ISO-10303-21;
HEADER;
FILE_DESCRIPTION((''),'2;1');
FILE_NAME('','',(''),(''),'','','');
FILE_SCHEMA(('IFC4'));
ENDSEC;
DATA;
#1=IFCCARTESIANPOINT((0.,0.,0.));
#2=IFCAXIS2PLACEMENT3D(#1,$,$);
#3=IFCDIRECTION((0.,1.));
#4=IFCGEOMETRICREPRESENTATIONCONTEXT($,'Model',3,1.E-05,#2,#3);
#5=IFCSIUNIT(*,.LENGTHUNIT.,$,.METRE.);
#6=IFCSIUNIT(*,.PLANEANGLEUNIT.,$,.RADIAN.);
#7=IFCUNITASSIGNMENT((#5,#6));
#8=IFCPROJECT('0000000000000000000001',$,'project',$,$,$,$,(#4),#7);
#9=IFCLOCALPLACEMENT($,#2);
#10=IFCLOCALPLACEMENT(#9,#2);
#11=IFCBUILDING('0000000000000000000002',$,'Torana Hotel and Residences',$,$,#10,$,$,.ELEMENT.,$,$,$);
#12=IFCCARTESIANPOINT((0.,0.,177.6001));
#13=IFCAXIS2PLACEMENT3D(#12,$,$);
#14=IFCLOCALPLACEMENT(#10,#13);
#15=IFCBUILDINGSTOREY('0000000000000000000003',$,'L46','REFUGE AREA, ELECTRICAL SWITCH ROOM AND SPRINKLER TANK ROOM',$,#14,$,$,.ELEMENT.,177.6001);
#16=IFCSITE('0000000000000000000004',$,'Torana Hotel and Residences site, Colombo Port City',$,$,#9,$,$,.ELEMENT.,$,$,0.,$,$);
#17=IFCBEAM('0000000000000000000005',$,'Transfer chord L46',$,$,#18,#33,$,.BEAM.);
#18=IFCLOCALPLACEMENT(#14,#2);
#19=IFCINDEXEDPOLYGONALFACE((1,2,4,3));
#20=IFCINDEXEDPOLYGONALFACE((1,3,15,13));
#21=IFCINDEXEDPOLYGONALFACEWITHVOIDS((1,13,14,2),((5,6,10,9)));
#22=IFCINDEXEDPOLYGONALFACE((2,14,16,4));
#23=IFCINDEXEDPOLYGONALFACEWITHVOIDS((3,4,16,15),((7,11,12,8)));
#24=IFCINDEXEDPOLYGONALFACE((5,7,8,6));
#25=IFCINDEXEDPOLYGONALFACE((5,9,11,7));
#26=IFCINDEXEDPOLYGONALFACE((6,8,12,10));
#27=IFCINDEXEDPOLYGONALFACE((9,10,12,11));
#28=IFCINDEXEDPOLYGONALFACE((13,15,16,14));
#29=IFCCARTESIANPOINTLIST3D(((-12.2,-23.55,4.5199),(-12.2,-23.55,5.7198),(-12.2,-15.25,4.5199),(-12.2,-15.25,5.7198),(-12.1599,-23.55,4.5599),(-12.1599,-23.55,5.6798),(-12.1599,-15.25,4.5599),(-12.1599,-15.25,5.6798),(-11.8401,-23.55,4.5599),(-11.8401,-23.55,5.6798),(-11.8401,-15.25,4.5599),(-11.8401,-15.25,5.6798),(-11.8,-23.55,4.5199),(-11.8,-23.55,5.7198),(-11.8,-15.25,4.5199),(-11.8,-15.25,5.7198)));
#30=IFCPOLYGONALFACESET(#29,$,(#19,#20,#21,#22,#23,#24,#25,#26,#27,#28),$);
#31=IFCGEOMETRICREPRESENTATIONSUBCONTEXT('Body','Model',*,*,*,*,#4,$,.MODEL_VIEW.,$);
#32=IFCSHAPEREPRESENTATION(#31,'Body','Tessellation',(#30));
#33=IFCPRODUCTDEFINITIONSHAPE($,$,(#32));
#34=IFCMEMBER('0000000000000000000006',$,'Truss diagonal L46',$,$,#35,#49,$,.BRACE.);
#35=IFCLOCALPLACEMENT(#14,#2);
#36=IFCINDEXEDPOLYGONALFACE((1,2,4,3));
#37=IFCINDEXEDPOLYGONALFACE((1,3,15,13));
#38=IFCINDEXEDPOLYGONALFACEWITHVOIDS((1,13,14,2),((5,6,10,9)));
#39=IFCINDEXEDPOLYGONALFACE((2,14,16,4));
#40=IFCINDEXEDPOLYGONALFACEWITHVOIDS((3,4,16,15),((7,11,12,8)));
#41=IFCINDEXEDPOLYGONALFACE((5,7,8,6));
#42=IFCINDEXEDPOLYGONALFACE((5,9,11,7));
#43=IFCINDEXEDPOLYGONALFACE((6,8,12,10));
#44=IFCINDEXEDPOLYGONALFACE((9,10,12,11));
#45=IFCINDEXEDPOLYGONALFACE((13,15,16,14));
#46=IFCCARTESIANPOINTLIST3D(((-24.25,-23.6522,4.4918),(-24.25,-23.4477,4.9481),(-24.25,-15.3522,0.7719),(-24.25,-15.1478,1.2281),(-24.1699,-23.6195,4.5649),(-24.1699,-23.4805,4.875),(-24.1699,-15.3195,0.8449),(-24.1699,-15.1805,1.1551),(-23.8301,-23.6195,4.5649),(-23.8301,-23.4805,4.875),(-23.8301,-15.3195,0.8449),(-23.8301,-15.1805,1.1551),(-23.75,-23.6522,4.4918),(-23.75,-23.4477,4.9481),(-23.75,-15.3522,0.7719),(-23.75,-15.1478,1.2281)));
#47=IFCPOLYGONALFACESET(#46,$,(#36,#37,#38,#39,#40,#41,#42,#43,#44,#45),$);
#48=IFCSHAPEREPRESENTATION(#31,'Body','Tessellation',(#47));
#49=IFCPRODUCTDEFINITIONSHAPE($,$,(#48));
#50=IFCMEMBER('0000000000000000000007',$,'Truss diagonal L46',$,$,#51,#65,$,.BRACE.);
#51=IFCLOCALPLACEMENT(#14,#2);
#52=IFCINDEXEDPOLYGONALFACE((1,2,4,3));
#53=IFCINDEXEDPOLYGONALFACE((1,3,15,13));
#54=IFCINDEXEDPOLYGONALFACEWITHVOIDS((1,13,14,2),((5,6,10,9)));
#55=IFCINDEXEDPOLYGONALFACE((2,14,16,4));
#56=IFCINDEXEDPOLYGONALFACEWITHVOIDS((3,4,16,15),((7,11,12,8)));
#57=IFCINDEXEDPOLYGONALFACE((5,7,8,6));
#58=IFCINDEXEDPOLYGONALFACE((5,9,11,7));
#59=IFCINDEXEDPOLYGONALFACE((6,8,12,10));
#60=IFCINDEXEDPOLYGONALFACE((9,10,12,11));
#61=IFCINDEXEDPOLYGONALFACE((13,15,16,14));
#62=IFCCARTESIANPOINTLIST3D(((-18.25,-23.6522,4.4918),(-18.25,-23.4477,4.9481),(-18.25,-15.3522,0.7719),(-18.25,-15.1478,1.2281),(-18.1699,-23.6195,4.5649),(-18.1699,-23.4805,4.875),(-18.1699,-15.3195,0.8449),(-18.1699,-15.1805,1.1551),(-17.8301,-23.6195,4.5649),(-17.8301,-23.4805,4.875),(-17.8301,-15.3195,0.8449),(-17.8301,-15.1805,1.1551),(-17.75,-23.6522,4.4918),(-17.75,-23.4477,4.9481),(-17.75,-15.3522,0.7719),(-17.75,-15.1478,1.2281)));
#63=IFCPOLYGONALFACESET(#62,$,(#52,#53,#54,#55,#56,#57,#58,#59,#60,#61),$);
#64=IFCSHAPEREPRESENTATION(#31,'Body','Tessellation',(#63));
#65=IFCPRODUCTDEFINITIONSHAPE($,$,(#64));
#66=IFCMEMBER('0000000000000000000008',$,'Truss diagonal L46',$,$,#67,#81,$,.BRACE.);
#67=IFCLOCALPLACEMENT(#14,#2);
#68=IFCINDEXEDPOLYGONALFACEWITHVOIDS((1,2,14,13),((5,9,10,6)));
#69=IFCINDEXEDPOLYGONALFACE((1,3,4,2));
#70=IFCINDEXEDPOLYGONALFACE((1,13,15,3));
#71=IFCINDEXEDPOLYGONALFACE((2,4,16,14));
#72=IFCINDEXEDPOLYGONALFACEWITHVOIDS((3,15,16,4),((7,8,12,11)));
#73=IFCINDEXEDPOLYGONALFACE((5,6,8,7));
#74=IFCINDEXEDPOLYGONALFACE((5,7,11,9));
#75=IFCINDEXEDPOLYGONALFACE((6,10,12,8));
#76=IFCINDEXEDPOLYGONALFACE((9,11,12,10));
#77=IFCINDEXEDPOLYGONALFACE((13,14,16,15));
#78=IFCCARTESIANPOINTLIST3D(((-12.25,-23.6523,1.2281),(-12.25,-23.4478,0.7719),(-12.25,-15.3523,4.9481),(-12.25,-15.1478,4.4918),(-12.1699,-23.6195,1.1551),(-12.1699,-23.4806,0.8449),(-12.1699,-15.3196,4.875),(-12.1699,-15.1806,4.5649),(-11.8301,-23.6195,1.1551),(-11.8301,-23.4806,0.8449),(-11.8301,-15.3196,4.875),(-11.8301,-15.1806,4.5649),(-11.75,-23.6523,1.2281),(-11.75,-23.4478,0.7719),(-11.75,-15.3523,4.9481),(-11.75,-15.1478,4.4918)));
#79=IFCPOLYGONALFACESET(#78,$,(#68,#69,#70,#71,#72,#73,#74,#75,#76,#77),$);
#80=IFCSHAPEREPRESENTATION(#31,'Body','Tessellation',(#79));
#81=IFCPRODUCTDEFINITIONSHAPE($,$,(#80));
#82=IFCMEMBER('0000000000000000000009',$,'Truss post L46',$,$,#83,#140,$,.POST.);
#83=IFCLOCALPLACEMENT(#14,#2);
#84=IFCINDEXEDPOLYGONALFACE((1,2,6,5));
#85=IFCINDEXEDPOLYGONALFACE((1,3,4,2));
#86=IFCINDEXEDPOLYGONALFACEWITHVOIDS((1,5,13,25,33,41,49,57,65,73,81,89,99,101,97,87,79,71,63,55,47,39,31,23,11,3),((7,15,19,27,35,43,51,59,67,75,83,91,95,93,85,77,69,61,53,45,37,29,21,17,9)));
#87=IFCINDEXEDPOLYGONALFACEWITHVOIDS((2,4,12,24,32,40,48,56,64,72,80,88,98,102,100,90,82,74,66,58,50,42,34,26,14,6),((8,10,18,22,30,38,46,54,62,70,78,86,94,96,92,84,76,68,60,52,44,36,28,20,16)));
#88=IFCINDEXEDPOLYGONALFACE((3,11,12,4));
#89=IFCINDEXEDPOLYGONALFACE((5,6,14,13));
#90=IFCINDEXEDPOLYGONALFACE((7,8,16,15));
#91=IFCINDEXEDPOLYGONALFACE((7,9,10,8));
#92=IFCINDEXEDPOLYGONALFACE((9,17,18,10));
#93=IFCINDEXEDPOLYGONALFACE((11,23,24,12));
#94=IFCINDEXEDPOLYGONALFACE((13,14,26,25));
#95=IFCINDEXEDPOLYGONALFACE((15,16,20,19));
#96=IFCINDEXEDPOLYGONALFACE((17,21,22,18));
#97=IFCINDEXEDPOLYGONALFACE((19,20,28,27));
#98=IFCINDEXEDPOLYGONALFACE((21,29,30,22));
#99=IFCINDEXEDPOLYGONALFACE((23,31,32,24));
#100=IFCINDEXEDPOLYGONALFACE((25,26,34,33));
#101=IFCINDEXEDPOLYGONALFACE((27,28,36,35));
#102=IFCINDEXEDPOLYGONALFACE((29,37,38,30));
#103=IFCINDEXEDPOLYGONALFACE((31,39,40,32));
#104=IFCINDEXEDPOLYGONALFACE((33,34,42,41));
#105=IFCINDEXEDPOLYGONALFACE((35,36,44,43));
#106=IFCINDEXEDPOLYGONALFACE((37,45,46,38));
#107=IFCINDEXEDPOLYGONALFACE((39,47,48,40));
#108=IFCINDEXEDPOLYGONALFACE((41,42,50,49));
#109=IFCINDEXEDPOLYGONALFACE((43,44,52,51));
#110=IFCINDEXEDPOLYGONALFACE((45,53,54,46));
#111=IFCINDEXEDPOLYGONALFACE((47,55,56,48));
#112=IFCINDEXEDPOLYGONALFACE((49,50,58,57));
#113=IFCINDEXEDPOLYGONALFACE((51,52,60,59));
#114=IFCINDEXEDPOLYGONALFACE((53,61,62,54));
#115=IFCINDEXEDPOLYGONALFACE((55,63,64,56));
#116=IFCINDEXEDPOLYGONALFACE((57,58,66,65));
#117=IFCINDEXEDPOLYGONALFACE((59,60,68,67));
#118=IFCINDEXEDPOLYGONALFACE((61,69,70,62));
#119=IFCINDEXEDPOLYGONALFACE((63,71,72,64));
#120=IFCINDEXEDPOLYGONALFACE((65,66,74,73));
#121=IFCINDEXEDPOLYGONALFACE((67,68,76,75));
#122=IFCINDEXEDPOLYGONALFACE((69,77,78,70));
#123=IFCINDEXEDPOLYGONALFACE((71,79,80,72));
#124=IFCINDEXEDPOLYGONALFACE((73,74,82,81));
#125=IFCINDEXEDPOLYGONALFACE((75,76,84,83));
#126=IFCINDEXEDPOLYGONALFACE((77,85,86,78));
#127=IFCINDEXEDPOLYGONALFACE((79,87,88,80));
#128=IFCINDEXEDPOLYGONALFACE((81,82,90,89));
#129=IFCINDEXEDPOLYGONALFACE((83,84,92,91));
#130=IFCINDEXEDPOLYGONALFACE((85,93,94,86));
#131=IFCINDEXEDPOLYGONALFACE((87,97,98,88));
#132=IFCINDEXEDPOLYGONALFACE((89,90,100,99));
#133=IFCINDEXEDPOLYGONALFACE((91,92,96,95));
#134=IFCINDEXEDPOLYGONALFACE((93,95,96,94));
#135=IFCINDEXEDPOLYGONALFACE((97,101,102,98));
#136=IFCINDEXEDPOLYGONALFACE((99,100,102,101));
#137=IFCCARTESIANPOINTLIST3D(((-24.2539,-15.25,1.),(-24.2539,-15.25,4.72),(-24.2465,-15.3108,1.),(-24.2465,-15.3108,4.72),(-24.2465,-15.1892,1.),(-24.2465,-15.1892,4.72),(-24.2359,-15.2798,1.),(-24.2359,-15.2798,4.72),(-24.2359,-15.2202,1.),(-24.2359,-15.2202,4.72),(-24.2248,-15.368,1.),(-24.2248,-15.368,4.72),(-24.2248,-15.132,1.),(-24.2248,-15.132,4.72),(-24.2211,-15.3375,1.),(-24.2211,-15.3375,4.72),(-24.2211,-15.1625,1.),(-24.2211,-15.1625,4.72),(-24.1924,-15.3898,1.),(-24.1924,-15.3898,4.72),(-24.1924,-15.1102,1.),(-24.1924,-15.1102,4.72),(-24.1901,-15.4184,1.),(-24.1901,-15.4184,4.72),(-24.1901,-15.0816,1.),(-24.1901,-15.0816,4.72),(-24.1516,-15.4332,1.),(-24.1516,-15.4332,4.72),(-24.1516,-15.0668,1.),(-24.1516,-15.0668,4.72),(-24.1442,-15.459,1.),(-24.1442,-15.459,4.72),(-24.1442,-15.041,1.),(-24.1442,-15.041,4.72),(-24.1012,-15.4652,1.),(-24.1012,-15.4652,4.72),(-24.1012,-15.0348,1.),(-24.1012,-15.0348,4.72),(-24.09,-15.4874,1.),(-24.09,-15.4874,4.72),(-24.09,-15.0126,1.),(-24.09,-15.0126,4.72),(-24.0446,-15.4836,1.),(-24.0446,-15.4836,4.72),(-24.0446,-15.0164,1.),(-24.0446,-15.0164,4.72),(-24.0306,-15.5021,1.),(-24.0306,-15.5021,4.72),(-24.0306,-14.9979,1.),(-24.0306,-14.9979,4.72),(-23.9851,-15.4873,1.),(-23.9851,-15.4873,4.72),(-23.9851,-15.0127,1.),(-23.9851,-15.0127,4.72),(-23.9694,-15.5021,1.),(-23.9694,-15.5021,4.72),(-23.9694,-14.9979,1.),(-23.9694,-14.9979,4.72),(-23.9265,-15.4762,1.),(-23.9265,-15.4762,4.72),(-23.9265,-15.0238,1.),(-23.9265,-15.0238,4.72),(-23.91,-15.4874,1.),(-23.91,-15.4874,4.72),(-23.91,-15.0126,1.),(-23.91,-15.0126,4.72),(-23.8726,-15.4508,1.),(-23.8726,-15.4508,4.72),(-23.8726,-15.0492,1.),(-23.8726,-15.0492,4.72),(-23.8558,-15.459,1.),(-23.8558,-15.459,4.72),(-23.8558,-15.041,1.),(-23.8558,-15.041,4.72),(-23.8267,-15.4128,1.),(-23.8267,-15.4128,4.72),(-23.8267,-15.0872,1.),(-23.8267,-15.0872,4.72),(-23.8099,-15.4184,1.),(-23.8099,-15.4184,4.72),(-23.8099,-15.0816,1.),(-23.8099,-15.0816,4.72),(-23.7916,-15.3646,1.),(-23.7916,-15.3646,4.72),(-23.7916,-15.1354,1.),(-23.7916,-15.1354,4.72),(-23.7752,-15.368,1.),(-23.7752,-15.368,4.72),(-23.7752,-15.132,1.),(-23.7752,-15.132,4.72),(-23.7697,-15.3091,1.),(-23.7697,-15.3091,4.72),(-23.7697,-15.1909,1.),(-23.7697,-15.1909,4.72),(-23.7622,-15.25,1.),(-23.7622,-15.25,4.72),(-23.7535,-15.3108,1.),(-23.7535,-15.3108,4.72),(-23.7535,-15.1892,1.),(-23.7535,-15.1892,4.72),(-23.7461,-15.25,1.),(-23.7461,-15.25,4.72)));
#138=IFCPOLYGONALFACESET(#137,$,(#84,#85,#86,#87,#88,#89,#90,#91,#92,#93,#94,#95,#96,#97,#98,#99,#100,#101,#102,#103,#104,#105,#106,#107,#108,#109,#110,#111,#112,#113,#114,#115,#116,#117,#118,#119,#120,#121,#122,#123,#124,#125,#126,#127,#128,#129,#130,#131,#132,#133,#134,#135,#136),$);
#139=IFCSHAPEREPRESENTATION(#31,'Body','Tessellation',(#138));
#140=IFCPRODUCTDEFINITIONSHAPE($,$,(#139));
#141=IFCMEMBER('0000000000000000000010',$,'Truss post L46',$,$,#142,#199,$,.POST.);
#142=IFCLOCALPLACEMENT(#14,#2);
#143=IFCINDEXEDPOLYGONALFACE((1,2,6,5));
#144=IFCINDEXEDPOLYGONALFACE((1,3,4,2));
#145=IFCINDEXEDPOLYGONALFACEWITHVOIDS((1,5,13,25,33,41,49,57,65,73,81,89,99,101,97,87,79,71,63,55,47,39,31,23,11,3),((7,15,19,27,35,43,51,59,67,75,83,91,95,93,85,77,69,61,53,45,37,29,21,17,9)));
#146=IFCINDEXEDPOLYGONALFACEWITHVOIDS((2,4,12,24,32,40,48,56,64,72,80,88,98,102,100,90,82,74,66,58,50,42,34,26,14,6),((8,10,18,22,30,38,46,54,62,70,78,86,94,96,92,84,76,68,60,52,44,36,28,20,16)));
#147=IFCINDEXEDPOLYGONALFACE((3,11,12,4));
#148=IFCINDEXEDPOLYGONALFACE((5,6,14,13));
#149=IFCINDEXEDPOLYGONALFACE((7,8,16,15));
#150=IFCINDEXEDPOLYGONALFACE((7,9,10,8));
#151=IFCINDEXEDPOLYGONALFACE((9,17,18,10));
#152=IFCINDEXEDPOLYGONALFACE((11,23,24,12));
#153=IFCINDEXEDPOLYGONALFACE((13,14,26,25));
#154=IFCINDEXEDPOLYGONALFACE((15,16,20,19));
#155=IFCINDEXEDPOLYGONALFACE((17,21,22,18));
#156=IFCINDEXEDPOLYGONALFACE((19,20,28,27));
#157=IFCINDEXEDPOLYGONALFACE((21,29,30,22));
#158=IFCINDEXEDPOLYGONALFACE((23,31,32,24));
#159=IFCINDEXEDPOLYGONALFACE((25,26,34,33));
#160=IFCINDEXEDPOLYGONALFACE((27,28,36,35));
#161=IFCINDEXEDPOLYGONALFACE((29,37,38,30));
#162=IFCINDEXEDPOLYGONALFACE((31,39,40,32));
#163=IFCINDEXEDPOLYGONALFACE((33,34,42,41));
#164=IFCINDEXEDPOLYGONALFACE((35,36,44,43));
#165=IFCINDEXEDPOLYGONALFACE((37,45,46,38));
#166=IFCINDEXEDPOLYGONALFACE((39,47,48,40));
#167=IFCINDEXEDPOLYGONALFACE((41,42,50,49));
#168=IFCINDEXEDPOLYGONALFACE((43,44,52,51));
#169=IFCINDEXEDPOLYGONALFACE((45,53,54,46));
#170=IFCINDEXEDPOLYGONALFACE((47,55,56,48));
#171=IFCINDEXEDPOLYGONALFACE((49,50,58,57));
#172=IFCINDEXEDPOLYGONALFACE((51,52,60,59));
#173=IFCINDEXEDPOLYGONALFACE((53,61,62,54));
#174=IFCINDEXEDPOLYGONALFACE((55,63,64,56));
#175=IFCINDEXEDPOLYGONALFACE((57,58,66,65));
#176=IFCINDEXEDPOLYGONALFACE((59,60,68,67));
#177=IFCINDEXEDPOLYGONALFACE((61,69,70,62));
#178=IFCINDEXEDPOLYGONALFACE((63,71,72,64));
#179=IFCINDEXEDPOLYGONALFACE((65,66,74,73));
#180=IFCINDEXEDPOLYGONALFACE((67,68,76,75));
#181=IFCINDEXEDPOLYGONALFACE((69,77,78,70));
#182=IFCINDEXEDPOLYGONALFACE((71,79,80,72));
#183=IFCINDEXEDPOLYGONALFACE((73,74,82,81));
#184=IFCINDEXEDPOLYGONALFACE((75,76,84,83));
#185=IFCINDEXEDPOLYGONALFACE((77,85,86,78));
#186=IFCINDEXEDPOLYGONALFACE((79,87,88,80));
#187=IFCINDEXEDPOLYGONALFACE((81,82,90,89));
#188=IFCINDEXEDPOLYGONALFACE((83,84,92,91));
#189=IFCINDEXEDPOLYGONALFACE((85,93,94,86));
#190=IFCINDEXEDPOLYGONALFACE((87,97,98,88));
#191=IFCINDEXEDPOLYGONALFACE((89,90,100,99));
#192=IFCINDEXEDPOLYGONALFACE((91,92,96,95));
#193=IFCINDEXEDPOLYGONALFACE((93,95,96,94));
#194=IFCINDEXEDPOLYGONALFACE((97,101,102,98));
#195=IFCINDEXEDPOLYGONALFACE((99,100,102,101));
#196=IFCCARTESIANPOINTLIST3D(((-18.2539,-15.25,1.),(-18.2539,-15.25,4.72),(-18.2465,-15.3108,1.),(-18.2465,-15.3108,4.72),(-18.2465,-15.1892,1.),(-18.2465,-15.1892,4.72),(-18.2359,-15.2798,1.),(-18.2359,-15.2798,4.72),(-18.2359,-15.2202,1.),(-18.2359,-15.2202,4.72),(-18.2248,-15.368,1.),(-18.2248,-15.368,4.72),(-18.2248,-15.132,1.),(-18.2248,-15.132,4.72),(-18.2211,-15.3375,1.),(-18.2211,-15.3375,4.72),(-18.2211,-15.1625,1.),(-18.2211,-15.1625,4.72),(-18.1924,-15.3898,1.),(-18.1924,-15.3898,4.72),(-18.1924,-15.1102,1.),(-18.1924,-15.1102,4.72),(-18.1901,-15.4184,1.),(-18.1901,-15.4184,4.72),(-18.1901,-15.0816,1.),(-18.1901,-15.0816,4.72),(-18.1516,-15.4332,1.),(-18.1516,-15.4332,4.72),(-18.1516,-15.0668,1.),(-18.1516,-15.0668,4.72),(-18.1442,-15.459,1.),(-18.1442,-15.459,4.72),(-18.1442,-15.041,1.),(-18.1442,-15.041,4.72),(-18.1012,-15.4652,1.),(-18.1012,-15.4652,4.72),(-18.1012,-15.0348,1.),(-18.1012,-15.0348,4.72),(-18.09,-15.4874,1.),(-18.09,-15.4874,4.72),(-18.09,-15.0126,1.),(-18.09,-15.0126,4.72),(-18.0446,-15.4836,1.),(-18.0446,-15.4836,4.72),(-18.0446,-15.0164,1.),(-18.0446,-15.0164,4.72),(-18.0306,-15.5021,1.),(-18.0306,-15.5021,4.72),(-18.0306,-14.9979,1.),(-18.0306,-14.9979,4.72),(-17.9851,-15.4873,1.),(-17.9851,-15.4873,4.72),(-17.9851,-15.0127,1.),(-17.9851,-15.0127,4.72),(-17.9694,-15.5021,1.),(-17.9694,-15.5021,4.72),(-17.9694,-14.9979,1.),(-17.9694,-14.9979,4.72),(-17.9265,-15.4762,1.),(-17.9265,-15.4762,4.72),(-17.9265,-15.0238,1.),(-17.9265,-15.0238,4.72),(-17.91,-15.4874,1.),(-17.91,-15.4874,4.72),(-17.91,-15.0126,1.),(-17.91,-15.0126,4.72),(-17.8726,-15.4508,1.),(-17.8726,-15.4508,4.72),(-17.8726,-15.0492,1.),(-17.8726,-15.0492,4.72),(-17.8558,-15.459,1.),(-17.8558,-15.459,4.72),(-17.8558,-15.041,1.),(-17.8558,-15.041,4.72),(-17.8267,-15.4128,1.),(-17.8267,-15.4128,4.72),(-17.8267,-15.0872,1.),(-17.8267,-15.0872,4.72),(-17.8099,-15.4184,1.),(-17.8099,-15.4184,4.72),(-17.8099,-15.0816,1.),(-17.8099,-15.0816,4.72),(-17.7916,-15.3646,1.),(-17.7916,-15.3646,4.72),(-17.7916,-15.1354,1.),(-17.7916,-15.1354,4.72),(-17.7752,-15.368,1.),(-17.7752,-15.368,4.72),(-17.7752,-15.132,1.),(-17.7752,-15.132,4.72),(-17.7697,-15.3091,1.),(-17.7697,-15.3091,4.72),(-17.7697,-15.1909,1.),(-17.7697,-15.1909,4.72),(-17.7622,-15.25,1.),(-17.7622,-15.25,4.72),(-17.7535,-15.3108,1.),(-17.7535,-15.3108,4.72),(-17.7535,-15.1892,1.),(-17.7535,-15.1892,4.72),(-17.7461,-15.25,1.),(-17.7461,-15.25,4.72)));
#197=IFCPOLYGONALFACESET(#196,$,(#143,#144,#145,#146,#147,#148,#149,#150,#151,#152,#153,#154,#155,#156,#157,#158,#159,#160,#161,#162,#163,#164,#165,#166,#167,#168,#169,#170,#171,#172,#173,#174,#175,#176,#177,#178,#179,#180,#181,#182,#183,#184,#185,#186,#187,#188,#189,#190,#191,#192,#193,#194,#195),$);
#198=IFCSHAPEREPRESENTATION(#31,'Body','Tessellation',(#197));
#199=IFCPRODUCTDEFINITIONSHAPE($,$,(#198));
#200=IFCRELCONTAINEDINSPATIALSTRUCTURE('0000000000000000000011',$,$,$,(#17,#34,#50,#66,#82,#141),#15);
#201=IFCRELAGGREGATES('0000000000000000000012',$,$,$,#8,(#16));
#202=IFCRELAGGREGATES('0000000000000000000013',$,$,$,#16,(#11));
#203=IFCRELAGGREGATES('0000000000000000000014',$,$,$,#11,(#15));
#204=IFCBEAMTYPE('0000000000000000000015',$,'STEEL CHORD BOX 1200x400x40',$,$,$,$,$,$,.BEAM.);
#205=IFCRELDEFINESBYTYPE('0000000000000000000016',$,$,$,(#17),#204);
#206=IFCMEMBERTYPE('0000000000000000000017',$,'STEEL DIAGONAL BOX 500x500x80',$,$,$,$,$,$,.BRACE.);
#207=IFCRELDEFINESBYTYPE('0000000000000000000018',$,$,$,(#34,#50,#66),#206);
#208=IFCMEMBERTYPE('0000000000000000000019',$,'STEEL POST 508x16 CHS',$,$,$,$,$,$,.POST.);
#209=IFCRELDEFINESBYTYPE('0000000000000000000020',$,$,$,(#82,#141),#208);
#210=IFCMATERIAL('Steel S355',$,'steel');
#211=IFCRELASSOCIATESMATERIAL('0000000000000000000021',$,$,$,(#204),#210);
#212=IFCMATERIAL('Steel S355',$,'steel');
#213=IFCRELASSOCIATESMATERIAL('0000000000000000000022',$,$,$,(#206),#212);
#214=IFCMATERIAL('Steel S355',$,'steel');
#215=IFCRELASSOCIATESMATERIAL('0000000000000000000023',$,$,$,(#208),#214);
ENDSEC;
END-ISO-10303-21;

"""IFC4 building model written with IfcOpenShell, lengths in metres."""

from ifc_helpers import new_model, si_unit, direction, frame, origin, origin_2d, place, context, subcontext, project, spatial, hollow_rectangle, hollow_circle, extrude, material, material_profile, profile_set, type_object, element, save


model = new_model("IFC4")

# Units and contexts
model_context = context("Model", 3, precision=1e-05, world=origin(), true_north=direction((0.0, 1.0)))
body_context = subcontext(model_context, "Body", "Model", "MODEL_VIEW")
ifc_project = project(units=[si_unit("LENGTHUNIT", "METRE"), si_unit("PLANEANGLEUNIT", "RADIAN")], contexts=[model_context])

# Site, building, storey
site_placement = place(None, origin())
site = spatial("IfcSite", under=ifc_project, at=site_placement, Name="Torana Hotel and Residences site, Colombo Port City", CompositionType="ELEMENT", RefElevation=0.0)
building_placement = place(site_placement, origin())
building = spatial("IfcBuilding", under=site, at=building_placement, Name="Torana Hotel and Residences", CompositionType="ELEMENT")
storey_placement = place(building_placement, frame((0.0, 0.0, 177.6001)))
storey = spatial("IfcBuildingStorey", under=building, at=storey_placement, Name="L46", Description="REFUGE AREA, ELECTRICAL SWITCH ROOM AND SPRINKLER TANK ROOM", CompositionType="ELEMENT", Elevation=177.6001)

# Beam
ifc_material_1 = material(Name="Steel S355", Category="steel")
ifc_material_profile_1 = material_profile(ifc_material_1, hollow_rectangle(XDim=0.3999, YDim=1.2, WallThickness=0.04, at=origin_2d()), Name="BOX 1200x400x40")
ifc_profile_set_1 = profile_set([ifc_material_profile_1], Name="Steel S355")
beam_type = type_object("IfcBeamType", Name="STEEL CHORD BOX 1200x400x40", PredefinedType="BEAM", material=ifc_profile_set_1)
beam_placement = place(storey_placement, frame((-12.0, -23.55, 5.1199), z_axis=(0.0, 1.0, 0.0), x_axis=(-1.0, 0.0, 0.0)))
element("IfcBeam", 1, at=beam_placement, inside=storey, type_object=beam_type, Name="Transfer chord L46", PredefinedType="BEAM", context=body_context, shape_type="SweptSolid", body=[
    extrude(hollow_rectangle(XDim=0.3999, YDim=1.2, WallThickness=0.04, at=origin_2d()), origin(), (0.0, 0.0, 1.0), 8.3),
])

# Members
ifc_material_2 = material(Name="Steel S355", Category="steel")
ifc_material_profile_2 = material_profile(ifc_material_2, hollow_rectangle(XDim=0.5, YDim=0.5, WallThickness=0.0801, at=origin_2d()), Name="BOX 500x500x80")
ifc_profile_set_2 = profile_set([ifc_material_profile_2], Name="Steel S355")
member_type_1 = type_object("IfcMemberType", Name="STEEL DIAGONAL BOX 500x500x80", PredefinedType="BRACE", material=ifc_profile_set_2)
for number, where, z_axis, x_axis, name in (
    (2, (-24.0, -15.25, 1.0), (0.0, -0.91254, 0.408988), (1.0, 0.0, 0.0), "Truss diagonal L46"),
    (3, (-18.0, -15.25, 1.0), (0.0, -0.91254, 0.408988), (1.0, 0.0, 0.0), "Truss diagonal L46"),
    (4, (-12.0, -23.55, 1.0), (0.0, 0.91254, 0.408988), (-1.0, 0.0, 0.0), "Truss diagonal L46"),
):
    element("IfcMember", number, at=place(storey_placement, frame(where, z_axis=z_axis, x_axis=x_axis)), inside=storey, type_object=member_type_1, Name=name, PredefinedType="BRACE", context=body_context, shape_type="SweptSolid", body=[
        extrude(hollow_rectangle(XDim=0.5, YDim=0.5, WallThickness=0.0801, at=origin_2d()), origin(), (0.0, 0.0, 1.0), 9.0955),
    ])
ifc_material_3 = material(Name="Steel S355", Category="steel")
ifc_material_profile_3 = material_profile(ifc_material_3, hollow_circle(Radius=0.2539, WallThickness=0.0161, at=origin_2d()), Name="508x16 CHS")
ifc_profile_set_3 = profile_set([ifc_material_profile_3], Name="Steel S355")
member_type_2 = type_object("IfcMemberType", Name="STEEL POST 508x16 CHS", PredefinedType="POST", material=ifc_profile_set_3)
for number, where, z_axis, x_axis, name in (
    (5, (-24.0, -15.25, 1.0), (0.0, 0.0, 1.0), (1.0, 0.0, 0.0), "Truss post L46"),
    (6, (-18.0, -15.25, 1.0), (0.0, 0.0, 1.0), (1.0, 0.0, 0.0), "Truss post L46"),
):
    element("IfcMember", number, at=place(storey_placement, frame(where, z_axis=z_axis, x_axis=x_axis)), inside=storey, type_object=member_type_2, Name=name, PredefinedType="POST", context=body_context, shape_type="SweptSolid", body=[
        extrude(hollow_circle(Radius=0.2539, WallThickness=0.0161, at=origin_2d()), origin(), (0.0, 0.0, 1.0), 3.72),
    ])

save(model, "model.ifc")
